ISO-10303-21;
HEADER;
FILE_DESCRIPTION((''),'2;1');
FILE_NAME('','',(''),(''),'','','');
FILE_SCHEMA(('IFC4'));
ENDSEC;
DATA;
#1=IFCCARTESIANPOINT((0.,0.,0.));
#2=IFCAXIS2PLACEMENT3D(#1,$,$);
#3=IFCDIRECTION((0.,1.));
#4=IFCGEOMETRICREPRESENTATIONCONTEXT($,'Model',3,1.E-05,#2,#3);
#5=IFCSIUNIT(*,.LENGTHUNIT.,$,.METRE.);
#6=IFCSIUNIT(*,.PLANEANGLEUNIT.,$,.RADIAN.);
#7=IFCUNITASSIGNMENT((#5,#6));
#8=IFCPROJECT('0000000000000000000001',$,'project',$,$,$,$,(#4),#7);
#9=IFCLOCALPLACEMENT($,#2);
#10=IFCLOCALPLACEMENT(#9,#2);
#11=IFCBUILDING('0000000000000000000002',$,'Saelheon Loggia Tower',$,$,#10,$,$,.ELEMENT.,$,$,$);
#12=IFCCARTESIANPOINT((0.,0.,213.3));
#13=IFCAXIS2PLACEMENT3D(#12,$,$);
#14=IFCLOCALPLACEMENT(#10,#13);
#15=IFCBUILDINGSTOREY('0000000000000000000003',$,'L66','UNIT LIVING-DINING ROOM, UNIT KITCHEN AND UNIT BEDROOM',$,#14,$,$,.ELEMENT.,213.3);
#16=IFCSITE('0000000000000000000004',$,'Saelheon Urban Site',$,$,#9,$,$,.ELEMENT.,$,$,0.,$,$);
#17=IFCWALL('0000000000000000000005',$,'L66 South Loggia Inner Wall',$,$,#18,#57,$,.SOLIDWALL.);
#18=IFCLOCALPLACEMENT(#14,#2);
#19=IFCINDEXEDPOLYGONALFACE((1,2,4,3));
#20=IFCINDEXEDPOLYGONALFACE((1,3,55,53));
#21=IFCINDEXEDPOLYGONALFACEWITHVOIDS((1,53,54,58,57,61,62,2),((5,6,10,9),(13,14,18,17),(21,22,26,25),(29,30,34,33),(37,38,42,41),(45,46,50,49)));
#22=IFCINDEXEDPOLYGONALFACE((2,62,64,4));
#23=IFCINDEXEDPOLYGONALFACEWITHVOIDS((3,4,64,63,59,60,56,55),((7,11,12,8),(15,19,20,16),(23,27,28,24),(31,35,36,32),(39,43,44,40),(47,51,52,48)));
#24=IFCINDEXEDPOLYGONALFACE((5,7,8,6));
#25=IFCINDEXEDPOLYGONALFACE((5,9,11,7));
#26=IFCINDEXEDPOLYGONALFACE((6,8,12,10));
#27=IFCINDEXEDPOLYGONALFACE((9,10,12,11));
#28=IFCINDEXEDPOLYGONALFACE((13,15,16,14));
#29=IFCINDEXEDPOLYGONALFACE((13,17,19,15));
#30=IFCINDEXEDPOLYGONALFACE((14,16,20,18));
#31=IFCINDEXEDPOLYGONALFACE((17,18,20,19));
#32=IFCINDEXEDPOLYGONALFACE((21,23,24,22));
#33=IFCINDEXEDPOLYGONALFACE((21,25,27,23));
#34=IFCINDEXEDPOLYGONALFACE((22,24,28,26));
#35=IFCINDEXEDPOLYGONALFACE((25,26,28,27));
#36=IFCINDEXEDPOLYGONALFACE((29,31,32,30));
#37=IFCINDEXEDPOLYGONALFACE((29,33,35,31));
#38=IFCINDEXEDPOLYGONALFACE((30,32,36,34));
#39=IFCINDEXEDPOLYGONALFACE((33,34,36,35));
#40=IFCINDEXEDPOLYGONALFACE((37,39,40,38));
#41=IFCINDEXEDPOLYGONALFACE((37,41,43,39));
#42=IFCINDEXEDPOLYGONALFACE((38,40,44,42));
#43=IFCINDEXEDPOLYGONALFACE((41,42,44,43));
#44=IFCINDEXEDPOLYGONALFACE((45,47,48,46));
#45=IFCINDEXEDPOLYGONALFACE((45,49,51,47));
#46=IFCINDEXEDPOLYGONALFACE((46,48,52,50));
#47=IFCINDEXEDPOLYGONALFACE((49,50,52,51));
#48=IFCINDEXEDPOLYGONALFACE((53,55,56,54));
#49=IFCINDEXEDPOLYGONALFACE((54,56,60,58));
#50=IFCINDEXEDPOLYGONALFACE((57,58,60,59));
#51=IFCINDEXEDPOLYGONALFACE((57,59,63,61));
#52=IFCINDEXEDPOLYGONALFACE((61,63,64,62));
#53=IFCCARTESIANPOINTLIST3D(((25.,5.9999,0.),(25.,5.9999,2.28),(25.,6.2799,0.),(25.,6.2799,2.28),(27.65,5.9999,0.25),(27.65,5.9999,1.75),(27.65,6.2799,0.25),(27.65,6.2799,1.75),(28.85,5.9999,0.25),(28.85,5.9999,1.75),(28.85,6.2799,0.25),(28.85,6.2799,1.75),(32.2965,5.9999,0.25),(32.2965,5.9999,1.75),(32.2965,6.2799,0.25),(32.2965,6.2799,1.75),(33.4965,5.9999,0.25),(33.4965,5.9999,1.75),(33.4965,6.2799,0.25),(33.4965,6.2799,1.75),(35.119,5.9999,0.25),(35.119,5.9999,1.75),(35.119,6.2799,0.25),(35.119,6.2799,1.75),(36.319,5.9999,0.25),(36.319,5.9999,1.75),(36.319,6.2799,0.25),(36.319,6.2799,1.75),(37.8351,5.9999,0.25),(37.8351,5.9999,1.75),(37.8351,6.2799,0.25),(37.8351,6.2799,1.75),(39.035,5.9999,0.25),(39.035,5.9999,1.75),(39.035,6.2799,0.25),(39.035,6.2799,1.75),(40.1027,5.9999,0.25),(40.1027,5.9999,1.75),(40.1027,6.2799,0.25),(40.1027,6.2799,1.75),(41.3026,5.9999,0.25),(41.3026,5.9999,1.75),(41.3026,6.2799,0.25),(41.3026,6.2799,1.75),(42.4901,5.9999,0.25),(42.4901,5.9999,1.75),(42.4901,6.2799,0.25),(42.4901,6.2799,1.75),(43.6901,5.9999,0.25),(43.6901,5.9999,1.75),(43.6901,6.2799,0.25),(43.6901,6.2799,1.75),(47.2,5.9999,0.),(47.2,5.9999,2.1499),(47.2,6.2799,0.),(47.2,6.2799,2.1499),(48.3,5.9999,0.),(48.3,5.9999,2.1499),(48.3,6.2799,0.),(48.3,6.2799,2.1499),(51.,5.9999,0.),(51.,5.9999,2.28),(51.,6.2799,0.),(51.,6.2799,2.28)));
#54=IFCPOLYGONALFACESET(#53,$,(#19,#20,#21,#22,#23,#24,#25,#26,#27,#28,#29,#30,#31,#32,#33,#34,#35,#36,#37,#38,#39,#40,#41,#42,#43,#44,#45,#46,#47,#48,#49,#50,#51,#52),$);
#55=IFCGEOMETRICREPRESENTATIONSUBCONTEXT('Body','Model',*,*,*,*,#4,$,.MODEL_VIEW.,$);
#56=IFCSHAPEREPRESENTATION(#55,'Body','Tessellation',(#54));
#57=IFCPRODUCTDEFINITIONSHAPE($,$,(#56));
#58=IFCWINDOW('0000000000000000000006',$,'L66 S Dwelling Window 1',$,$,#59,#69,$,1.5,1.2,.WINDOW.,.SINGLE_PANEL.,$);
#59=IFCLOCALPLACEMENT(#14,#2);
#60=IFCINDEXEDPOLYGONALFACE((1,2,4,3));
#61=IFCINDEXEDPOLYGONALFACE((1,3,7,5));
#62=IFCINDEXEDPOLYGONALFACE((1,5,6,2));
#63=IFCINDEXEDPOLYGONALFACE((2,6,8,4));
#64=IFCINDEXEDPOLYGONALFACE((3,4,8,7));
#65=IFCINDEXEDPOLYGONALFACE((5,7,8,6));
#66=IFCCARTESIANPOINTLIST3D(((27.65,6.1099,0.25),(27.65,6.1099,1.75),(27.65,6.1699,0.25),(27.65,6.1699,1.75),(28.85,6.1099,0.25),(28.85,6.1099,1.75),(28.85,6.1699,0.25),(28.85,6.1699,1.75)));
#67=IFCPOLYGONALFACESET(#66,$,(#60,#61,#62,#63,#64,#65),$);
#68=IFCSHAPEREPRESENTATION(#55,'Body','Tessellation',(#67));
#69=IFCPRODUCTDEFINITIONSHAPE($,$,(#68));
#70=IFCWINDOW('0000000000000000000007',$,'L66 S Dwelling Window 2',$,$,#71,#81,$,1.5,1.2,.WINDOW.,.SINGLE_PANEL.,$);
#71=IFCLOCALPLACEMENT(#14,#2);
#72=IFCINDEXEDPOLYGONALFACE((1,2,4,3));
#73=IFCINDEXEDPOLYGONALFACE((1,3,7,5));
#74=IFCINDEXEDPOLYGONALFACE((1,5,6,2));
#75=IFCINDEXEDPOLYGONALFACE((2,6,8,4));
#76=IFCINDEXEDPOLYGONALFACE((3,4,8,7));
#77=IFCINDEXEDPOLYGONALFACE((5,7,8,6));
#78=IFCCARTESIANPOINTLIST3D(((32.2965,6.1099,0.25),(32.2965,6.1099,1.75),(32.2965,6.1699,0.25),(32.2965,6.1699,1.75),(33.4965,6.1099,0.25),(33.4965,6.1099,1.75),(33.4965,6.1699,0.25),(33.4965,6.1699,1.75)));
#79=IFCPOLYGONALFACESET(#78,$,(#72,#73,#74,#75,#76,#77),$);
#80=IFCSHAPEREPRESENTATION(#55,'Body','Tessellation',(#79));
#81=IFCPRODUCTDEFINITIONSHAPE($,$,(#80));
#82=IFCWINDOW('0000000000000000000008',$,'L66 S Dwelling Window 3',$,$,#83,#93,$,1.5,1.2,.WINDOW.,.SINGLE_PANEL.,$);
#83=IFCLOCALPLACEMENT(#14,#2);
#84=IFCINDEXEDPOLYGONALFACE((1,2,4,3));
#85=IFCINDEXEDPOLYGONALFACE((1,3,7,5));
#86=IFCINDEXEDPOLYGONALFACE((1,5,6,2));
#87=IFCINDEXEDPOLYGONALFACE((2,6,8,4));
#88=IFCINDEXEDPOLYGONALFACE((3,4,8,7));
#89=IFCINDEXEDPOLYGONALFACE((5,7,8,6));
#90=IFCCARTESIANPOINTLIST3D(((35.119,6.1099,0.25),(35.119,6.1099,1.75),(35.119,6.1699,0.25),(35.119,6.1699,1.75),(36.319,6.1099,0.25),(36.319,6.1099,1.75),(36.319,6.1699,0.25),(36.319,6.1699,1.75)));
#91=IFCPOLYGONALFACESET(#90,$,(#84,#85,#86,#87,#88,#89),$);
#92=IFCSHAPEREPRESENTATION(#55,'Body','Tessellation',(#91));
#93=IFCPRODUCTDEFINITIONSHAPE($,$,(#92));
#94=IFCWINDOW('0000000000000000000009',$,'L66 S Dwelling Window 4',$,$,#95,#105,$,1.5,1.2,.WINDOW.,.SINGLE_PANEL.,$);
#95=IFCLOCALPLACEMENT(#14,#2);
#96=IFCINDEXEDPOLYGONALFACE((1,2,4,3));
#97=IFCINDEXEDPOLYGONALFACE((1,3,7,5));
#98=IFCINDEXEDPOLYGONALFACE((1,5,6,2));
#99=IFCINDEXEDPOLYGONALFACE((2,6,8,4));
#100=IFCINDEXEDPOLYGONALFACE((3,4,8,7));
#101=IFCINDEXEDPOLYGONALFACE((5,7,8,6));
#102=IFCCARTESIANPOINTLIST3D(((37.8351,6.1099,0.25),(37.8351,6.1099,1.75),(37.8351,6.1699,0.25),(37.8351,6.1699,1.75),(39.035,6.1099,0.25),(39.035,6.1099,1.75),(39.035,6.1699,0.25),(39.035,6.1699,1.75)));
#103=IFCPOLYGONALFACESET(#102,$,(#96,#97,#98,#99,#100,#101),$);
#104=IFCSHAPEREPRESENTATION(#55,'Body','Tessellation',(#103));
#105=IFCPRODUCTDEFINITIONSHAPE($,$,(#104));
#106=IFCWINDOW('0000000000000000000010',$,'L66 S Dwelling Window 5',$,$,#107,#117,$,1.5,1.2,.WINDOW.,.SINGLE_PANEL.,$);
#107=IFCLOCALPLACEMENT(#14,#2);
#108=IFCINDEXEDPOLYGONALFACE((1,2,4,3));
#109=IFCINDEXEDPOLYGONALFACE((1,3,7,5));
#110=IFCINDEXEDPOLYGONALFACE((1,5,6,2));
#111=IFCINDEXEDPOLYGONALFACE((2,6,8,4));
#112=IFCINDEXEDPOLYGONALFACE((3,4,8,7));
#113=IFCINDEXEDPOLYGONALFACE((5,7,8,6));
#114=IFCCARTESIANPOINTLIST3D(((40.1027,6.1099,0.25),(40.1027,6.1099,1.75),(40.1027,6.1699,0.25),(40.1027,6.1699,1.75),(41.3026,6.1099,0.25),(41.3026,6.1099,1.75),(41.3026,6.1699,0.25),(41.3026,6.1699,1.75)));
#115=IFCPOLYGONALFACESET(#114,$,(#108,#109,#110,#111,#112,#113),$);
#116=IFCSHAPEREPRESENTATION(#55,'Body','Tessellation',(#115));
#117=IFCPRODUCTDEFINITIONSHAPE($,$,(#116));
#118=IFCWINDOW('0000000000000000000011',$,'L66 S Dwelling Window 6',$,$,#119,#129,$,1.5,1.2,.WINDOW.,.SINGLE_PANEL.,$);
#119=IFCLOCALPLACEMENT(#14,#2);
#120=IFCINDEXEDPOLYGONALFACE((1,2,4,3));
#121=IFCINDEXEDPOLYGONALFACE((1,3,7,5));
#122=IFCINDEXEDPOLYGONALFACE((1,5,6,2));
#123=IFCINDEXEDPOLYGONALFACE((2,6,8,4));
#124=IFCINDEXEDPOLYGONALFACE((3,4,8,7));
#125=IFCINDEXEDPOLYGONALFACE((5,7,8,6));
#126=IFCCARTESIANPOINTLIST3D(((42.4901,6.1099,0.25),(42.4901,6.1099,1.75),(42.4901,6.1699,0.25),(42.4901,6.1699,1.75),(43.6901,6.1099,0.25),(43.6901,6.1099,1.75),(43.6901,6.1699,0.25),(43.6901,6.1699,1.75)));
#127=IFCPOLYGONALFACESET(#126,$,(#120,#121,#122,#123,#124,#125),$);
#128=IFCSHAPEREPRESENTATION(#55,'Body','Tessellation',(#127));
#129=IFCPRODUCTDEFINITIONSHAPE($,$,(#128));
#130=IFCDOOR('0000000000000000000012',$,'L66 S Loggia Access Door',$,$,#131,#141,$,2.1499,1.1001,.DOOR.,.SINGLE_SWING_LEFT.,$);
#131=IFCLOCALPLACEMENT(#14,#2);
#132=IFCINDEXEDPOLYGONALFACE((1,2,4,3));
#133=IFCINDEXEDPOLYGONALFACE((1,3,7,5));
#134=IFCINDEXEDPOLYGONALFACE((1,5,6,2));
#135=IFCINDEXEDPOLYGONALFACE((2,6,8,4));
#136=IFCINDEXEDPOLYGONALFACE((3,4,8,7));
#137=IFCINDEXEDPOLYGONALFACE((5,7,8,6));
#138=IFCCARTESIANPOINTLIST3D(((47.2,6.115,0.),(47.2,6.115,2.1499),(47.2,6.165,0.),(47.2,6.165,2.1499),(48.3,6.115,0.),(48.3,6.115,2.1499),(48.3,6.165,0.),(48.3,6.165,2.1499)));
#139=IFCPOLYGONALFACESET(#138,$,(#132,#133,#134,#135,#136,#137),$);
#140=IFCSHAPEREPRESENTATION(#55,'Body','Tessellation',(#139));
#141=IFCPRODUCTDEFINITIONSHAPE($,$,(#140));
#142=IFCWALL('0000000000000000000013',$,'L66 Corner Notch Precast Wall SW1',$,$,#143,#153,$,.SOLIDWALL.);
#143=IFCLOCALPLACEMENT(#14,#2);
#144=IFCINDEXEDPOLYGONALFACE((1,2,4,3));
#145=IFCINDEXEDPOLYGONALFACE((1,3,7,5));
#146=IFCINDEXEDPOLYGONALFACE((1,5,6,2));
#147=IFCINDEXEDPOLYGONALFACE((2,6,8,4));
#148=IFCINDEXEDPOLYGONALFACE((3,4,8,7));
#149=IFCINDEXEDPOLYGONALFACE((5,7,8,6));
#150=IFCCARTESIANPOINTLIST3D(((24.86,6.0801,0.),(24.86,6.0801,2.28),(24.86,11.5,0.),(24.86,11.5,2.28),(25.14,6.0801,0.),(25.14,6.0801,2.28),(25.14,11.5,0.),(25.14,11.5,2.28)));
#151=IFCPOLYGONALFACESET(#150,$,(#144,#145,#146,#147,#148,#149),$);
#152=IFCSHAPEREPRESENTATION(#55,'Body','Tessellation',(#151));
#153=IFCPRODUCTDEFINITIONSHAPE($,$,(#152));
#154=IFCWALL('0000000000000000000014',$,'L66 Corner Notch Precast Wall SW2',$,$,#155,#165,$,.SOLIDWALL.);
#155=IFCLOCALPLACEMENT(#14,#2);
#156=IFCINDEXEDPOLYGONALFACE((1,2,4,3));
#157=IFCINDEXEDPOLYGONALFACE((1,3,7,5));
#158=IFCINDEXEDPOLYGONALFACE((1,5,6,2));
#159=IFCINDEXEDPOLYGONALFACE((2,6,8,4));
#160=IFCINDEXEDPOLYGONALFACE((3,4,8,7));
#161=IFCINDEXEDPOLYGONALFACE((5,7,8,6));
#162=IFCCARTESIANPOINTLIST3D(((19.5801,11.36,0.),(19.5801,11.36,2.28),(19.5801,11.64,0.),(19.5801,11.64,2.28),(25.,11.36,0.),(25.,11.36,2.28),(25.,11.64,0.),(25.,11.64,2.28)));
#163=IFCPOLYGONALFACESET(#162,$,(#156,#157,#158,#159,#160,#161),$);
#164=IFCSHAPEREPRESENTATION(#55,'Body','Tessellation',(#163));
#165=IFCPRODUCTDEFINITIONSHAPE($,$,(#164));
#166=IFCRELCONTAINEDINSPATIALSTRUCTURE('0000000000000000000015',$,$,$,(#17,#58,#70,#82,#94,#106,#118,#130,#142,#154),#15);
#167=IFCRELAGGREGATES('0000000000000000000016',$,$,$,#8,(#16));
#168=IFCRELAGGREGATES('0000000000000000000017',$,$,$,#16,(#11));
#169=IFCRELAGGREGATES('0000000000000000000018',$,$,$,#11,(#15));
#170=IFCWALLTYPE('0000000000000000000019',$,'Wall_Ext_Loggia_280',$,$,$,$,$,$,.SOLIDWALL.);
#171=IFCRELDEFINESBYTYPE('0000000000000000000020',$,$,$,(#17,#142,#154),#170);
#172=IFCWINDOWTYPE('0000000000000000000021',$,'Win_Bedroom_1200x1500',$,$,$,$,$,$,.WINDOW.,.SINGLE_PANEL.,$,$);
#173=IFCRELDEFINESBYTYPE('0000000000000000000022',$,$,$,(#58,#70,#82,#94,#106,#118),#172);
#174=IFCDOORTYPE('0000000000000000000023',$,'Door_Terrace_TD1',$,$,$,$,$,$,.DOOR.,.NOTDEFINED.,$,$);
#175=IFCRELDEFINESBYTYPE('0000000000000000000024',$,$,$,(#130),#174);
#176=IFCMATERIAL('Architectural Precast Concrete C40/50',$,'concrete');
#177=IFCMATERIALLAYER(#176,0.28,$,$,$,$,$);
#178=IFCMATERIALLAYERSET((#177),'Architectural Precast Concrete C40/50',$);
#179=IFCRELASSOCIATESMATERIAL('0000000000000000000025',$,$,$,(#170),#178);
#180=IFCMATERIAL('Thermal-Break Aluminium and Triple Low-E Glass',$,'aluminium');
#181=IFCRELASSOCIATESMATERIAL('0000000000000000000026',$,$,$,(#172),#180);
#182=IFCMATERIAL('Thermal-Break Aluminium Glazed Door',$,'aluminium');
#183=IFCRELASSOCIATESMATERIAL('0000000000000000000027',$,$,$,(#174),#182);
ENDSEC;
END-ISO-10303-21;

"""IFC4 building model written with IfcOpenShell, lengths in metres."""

from ifc_helpers import new_model, si_unit, direction, frame, frame_2d, origin, place, context, subcontext, project, spatial, rectangle, extrude, source, transform, mapped, material, layer, layer_set, type_object, element, fill, save


model = new_model("IFC4")

# Units and contexts
model_context = context("Model", 3, precision=1e-05, world=origin(), true_north=direction((0.0, 1.0)))
body_context = subcontext(model_context, "Body", "Model", "MODEL_VIEW")
ifc_project = project(units=[si_unit("LENGTHUNIT", "METRE"), si_unit("PLANEANGLEUNIT", "RADIAN")], contexts=[model_context])

# Site, building, storey
site_placement = place(None, origin())
site = spatial("IfcSite", under=ifc_project, at=site_placement, Name="Saelheon Urban Site", CompositionType="ELEMENT", RefElevation=0.0)
building_placement = place(site_placement, origin())
building = spatial("IfcBuilding", under=site, at=building_placement, Name="Saelheon Loggia Tower", CompositionType="ELEMENT")
storey_placement = place(building_placement, frame((0.0, 0.0, 213.3)))
storey = spatial("IfcBuildingStorey", under=building, at=storey_placement, Name="L66", Description="UNIT LIVING-DINING ROOM, UNIT KITCHEN AND UNIT BEDROOM", CompositionType="ELEMENT", Elevation=213.3)

# Wall, openings, windows, door
ifc_material_1 = material(Name="Architectural Precast Concrete C40/50", Category="concrete")
ifc_layer = layer(ifc_material_1, 0.28)
ifc_layer_set = layer_set([ifc_layer], Name="Architectural Precast Concrete C40/50")
wall_type = type_object("IfcWallType", Name="Wall_Ext_Loggia_280", PredefinedType="SOLIDWALL", material=ifc_layer_set)
wall_1_placement = place(storey_placement, frame((25.0, 6.1399, 0.0), z_axis=(0.0, 0.0, 1.0), x_axis=(1.0, 0.0, 0.0)))
wall_1 = element("IfcWall", 1, at=wall_1_placement, inside=storey, type_object=wall_type, Name="L66 South Loggia Inner Wall", PredefinedType="SOLIDWALL", context=body_context, shape_type="SweptSolid", body=[
    extrude(rectangle(XDim=26.0, YDim=0.28, at=frame_2d((13.0, 0.0))), origin(), (0.0, 0.0, 1.0), 2.28),
])
opening_1_placement = place(wall_1_placement, frame((2.6499, 0.0, 0.25)))
opening_1 = element("IfcOpeningElement", 2, at=opening_1_placement, cuts=wall_1, PredefinedType="OPENING", context=body_context, shape_type="SweptSolid", body=[
    extrude(rectangle(XDim=1.2, YDim=1.5, at=frame_2d((0.6001, 0.75))), frame((0.0, 0.1521, 0.0), z_axis=(0.0, -1.0, 0.0), x_axis=(1.0, 0.0, 0.0)), (0.0, 0.0, 1.0), 0.304),
])
opening_2_placement = place(wall_1_placement, frame((7.2964, 0.0, 0.25)))
opening_2 = element("IfcOpeningElement", 3, at=opening_2_placement, cuts=wall_1, PredefinedType="OPENING", context=body_context, shape_type="SweptSolid", body=[
    extrude(rectangle(XDim=1.2, YDim=1.5, at=frame_2d((0.6001, 0.75))), frame((0.0, 0.1521, 0.0), z_axis=(0.0, -1.0, 0.0), x_axis=(1.0, 0.0, 0.0)), (0.0, 0.0, 1.0), 0.304),
])
opening_3_placement = place(wall_1_placement, frame((10.1189, 0.0, 0.25)))
opening_3 = element("IfcOpeningElement", 4, at=opening_3_placement, cuts=wall_1, PredefinedType="OPENING", context=body_context, shape_type="SweptSolid", body=[
    extrude(rectangle(XDim=1.2, YDim=1.5, at=frame_2d((0.6001, 0.75))), frame((0.0, 0.1521, 0.0), z_axis=(0.0, -1.0, 0.0), x_axis=(1.0, 0.0, 0.0)), (0.0, 0.0, 1.0), 0.304),
])
opening_4_placement = place(wall_1_placement, frame((12.835, 0.0, 0.25)))
opening_4 = element("IfcOpeningElement", 5, at=opening_4_placement, cuts=wall_1, PredefinedType="OPENING", context=body_context, shape_type="SweptSolid", body=[
    extrude(rectangle(XDim=1.2, YDim=1.5, at=frame_2d((0.6001, 0.75))), frame((0.0, 0.1521, 0.0), z_axis=(0.0, -1.0, 0.0), x_axis=(1.0, 0.0, 0.0)), (0.0, 0.0, 1.0), 0.304),
])
opening_5_placement = place(wall_1_placement, frame((15.1025, 0.0, 0.25)))
opening_5 = element("IfcOpeningElement", 6, at=opening_5_placement, cuts=wall_1, PredefinedType="OPENING", context=body_context, shape_type="SweptSolid", body=[
    extrude(rectangle(XDim=1.2, YDim=1.5, at=frame_2d((0.6001, 0.75))), frame((0.0, 0.1521, 0.0), z_axis=(0.0, -1.0, 0.0), x_axis=(1.0, 0.0, 0.0)), (0.0, 0.0, 1.0), 0.304),
])
opening_6_placement = place(wall_1_placement, frame((17.49, 0.0, 0.25)))
opening_6 = element("IfcOpeningElement", 7, at=opening_6_placement, cuts=wall_1, PredefinedType="OPENING", context=body_context, shape_type="SweptSolid", body=[
    extrude(rectangle(XDim=1.2, YDim=1.5, at=frame_2d((0.6001, 0.75))), frame((0.0, 0.1521, 0.0), z_axis=(0.0, -1.0, 0.0), x_axis=(1.0, 0.0, 0.0)), (0.0, 0.0, 1.0), 0.304),
])
opening_7_placement = place(wall_1_placement, frame((23.3, 0.0, 0.0), z_axis=(0.0, 0.0, 1.0), x_axis=(-1.0, 0.0, 0.0)))
opening_7 = element("IfcOpeningElement", 8, at=opening_7_placement, cuts=wall_1, PredefinedType="OPENING", context=body_context, shape_type="SweptSolid", body=[
    extrude(rectangle(XDim=1.1001, YDim=2.1499, at=frame_2d((0.55, 1.075))), frame((0.0, 0.1521, 0.0), z_axis=(0.0, -1.0, 0.0), x_axis=(1.0, 0.0, 0.0)), (0.0, 0.0, 1.0), 0.304),
])
ifc_material_2 = material(Name="Thermal-Break Aluminium and Triple Low-E Glass", Category="aluminium")
window_type = type_object("IfcWindowType", Name="Win_Bedroom_1200x1500", PartitioningType="SINGLE_PANEL", PredefinedType="WINDOW", material=ifc_material_2)
shared_shape_1 = source(origin(), body_context, "Body", "SweptSolid", [
    extrude(rectangle(XDim=1.2, YDim=1.5, at=frame_2d((0.6001, 0.75))), frame((0.0, 0.03, 0.0), z_axis=(0.0, -1.0, 0.0), x_axis=(1.0, 0.0, 0.0)), (0.0, 0.0, 1.0), 0.0601),
])
window_1_placement = place(opening_1_placement, origin())
window_1 = element("IfcWindow", 9, at=window_1_placement, inside=storey, type_object=window_type, Name="L66 S Dwelling Window 1", OverallHeight=1.5, OverallWidth=1.2, PartitioningType="SINGLE_PANEL", PredefinedType="WINDOW", context=body_context, shape_type="MappedRepresentation", body=[
    mapped(shared_shape_1, transform((0.0, 0.0, 0.0), scale=1.0)),
])
fill(opening_1, window_1)
window_2_placement = place(opening_2_placement, origin())
window_2 = element("IfcWindow", 10, at=window_2_placement, inside=storey, type_object=window_type, Name="L66 S Dwelling Window 2", OverallHeight=1.5, OverallWidth=1.2, PartitioningType="SINGLE_PANEL", PredefinedType="WINDOW", context=body_context, shape_type="MappedRepresentation", body=[
    mapped(shared_shape_1, transform((0.0, 0.0, 0.0), scale=1.0)),
])
fill(opening_2, window_2)
window_3_placement = place(opening_3_placement, origin())
window_3 = element("IfcWindow", 11, at=window_3_placement, inside=storey, type_object=window_type, Name="L66 S Dwelling Window 3", OverallHeight=1.5, OverallWidth=1.2, PartitioningType="SINGLE_PANEL", PredefinedType="WINDOW", context=body_context, shape_type="MappedRepresentation", body=[
    mapped(shared_shape_1, transform((0.0, 0.0, 0.0), scale=1.0)),
])
fill(opening_3, window_3)
window_4_placement = place(opening_4_placement, origin())
window_4 = element("IfcWindow", 12, at=window_4_placement, inside=storey, type_object=window_type, Name="L66 S Dwelling Window 4", OverallHeight=1.5, OverallWidth=1.2, PartitioningType="SINGLE_PANEL", PredefinedType="WINDOW", context=body_context, shape_type="MappedRepresentation", body=[
    mapped(shared_shape_1, transform((0.0, 0.0, 0.0), scale=1.0)),
])
fill(opening_4, window_4)
window_5_placement = place(opening_5_placement, origin())
window_5 = element("IfcWindow", 13, at=window_5_placement, inside=storey, type_object=window_type, Name="L66 S Dwelling Window 5", OverallHeight=1.5, OverallWidth=1.2, PartitioningType="SINGLE_PANEL", PredefinedType="WINDOW", context=body_context, shape_type="MappedRepresentation", body=[
    mapped(shared_shape_1, transform((0.0, 0.0, 0.0), scale=1.0)),
])
fill(opening_5, window_5)
window_6_placement = place(opening_6_placement, origin())
window_6 = element("IfcWindow", 14, at=window_6_placement, inside=storey, type_object=window_type, Name="L66 S Dwelling Window 6", OverallHeight=1.5, OverallWidth=1.2, PartitioningType="SINGLE_PANEL", PredefinedType="WINDOW", context=body_context, shape_type="MappedRepresentation", body=[
    mapped(shared_shape_1, transform((0.0, 0.0, 0.0), scale=1.0)),
])
fill(opening_6, window_6)
ifc_material_3 = material(Name="Thermal-Break Aluminium Glazed Door", Category="aluminium")
door_type_1 = type_object("IfcDoorType", Name="Door_Terrace_TD1", OperationType="NOTDEFINED", PredefinedType="DOOR", material=ifc_material_3)
shared_shape_2 = source(origin(), body_context, "Body", "SweptSolid", [
    extrude(rectangle(XDim=1.1001, YDim=2.1499, at=frame_2d((0.55, 1.075))), frame((0.0, 0.0249, 0.0), z_axis=(0.0, -1.0, 0.0), x_axis=(1.0, 0.0, 0.0)), (0.0, 0.0, 1.0), 0.05),
])
door_1_placement = place(opening_7_placement, origin())
door_1 = element("IfcDoor", 15, at=door_1_placement, inside=storey, type_object=door_type_1, Name="L66 S Loggia Access Door", OperationType="SINGLE_SWING_LEFT", OverallHeight=2.1499, OverallWidth=1.1001, PredefinedType="DOOR", context=body_context, shape_type="MappedRepresentation", body=[
    mapped(shared_shape_2, transform((0.0, 0.0, 0.0), scale=1.0)),
])
fill(opening_7, door_1)

# Walls
for number, where, z_axis, x_axis, name in (
    (16, (25.0, 6.0801, 0.0), (0.0, 0.0, 1.0), (0.0, 1.0, 0.0), "L66 Corner Notch Precast Wall SW1"),
    (17, (19.5801, 11.5, 0.0), (0.0, 0.0, 1.0), (1.0, 0.0, 0.0), "L66 Corner Notch Precast Wall SW2"),
):
    element("IfcWall", number, at=place(storey_placement, frame(where, z_axis=z_axis, x_axis=x_axis)), inside=storey, type_object=wall_type, Name=name, PredefinedType="SOLIDWALL", context=body_context, shape_type="SweptSolid", body=[
        extrude(rectangle(XDim=5.4199, YDim=0.28, at=frame_2d((2.71, 0.0))), origin(), (0.0, 0.0, 1.0), 2.28),
    ])

save(model, "model.ifc")
